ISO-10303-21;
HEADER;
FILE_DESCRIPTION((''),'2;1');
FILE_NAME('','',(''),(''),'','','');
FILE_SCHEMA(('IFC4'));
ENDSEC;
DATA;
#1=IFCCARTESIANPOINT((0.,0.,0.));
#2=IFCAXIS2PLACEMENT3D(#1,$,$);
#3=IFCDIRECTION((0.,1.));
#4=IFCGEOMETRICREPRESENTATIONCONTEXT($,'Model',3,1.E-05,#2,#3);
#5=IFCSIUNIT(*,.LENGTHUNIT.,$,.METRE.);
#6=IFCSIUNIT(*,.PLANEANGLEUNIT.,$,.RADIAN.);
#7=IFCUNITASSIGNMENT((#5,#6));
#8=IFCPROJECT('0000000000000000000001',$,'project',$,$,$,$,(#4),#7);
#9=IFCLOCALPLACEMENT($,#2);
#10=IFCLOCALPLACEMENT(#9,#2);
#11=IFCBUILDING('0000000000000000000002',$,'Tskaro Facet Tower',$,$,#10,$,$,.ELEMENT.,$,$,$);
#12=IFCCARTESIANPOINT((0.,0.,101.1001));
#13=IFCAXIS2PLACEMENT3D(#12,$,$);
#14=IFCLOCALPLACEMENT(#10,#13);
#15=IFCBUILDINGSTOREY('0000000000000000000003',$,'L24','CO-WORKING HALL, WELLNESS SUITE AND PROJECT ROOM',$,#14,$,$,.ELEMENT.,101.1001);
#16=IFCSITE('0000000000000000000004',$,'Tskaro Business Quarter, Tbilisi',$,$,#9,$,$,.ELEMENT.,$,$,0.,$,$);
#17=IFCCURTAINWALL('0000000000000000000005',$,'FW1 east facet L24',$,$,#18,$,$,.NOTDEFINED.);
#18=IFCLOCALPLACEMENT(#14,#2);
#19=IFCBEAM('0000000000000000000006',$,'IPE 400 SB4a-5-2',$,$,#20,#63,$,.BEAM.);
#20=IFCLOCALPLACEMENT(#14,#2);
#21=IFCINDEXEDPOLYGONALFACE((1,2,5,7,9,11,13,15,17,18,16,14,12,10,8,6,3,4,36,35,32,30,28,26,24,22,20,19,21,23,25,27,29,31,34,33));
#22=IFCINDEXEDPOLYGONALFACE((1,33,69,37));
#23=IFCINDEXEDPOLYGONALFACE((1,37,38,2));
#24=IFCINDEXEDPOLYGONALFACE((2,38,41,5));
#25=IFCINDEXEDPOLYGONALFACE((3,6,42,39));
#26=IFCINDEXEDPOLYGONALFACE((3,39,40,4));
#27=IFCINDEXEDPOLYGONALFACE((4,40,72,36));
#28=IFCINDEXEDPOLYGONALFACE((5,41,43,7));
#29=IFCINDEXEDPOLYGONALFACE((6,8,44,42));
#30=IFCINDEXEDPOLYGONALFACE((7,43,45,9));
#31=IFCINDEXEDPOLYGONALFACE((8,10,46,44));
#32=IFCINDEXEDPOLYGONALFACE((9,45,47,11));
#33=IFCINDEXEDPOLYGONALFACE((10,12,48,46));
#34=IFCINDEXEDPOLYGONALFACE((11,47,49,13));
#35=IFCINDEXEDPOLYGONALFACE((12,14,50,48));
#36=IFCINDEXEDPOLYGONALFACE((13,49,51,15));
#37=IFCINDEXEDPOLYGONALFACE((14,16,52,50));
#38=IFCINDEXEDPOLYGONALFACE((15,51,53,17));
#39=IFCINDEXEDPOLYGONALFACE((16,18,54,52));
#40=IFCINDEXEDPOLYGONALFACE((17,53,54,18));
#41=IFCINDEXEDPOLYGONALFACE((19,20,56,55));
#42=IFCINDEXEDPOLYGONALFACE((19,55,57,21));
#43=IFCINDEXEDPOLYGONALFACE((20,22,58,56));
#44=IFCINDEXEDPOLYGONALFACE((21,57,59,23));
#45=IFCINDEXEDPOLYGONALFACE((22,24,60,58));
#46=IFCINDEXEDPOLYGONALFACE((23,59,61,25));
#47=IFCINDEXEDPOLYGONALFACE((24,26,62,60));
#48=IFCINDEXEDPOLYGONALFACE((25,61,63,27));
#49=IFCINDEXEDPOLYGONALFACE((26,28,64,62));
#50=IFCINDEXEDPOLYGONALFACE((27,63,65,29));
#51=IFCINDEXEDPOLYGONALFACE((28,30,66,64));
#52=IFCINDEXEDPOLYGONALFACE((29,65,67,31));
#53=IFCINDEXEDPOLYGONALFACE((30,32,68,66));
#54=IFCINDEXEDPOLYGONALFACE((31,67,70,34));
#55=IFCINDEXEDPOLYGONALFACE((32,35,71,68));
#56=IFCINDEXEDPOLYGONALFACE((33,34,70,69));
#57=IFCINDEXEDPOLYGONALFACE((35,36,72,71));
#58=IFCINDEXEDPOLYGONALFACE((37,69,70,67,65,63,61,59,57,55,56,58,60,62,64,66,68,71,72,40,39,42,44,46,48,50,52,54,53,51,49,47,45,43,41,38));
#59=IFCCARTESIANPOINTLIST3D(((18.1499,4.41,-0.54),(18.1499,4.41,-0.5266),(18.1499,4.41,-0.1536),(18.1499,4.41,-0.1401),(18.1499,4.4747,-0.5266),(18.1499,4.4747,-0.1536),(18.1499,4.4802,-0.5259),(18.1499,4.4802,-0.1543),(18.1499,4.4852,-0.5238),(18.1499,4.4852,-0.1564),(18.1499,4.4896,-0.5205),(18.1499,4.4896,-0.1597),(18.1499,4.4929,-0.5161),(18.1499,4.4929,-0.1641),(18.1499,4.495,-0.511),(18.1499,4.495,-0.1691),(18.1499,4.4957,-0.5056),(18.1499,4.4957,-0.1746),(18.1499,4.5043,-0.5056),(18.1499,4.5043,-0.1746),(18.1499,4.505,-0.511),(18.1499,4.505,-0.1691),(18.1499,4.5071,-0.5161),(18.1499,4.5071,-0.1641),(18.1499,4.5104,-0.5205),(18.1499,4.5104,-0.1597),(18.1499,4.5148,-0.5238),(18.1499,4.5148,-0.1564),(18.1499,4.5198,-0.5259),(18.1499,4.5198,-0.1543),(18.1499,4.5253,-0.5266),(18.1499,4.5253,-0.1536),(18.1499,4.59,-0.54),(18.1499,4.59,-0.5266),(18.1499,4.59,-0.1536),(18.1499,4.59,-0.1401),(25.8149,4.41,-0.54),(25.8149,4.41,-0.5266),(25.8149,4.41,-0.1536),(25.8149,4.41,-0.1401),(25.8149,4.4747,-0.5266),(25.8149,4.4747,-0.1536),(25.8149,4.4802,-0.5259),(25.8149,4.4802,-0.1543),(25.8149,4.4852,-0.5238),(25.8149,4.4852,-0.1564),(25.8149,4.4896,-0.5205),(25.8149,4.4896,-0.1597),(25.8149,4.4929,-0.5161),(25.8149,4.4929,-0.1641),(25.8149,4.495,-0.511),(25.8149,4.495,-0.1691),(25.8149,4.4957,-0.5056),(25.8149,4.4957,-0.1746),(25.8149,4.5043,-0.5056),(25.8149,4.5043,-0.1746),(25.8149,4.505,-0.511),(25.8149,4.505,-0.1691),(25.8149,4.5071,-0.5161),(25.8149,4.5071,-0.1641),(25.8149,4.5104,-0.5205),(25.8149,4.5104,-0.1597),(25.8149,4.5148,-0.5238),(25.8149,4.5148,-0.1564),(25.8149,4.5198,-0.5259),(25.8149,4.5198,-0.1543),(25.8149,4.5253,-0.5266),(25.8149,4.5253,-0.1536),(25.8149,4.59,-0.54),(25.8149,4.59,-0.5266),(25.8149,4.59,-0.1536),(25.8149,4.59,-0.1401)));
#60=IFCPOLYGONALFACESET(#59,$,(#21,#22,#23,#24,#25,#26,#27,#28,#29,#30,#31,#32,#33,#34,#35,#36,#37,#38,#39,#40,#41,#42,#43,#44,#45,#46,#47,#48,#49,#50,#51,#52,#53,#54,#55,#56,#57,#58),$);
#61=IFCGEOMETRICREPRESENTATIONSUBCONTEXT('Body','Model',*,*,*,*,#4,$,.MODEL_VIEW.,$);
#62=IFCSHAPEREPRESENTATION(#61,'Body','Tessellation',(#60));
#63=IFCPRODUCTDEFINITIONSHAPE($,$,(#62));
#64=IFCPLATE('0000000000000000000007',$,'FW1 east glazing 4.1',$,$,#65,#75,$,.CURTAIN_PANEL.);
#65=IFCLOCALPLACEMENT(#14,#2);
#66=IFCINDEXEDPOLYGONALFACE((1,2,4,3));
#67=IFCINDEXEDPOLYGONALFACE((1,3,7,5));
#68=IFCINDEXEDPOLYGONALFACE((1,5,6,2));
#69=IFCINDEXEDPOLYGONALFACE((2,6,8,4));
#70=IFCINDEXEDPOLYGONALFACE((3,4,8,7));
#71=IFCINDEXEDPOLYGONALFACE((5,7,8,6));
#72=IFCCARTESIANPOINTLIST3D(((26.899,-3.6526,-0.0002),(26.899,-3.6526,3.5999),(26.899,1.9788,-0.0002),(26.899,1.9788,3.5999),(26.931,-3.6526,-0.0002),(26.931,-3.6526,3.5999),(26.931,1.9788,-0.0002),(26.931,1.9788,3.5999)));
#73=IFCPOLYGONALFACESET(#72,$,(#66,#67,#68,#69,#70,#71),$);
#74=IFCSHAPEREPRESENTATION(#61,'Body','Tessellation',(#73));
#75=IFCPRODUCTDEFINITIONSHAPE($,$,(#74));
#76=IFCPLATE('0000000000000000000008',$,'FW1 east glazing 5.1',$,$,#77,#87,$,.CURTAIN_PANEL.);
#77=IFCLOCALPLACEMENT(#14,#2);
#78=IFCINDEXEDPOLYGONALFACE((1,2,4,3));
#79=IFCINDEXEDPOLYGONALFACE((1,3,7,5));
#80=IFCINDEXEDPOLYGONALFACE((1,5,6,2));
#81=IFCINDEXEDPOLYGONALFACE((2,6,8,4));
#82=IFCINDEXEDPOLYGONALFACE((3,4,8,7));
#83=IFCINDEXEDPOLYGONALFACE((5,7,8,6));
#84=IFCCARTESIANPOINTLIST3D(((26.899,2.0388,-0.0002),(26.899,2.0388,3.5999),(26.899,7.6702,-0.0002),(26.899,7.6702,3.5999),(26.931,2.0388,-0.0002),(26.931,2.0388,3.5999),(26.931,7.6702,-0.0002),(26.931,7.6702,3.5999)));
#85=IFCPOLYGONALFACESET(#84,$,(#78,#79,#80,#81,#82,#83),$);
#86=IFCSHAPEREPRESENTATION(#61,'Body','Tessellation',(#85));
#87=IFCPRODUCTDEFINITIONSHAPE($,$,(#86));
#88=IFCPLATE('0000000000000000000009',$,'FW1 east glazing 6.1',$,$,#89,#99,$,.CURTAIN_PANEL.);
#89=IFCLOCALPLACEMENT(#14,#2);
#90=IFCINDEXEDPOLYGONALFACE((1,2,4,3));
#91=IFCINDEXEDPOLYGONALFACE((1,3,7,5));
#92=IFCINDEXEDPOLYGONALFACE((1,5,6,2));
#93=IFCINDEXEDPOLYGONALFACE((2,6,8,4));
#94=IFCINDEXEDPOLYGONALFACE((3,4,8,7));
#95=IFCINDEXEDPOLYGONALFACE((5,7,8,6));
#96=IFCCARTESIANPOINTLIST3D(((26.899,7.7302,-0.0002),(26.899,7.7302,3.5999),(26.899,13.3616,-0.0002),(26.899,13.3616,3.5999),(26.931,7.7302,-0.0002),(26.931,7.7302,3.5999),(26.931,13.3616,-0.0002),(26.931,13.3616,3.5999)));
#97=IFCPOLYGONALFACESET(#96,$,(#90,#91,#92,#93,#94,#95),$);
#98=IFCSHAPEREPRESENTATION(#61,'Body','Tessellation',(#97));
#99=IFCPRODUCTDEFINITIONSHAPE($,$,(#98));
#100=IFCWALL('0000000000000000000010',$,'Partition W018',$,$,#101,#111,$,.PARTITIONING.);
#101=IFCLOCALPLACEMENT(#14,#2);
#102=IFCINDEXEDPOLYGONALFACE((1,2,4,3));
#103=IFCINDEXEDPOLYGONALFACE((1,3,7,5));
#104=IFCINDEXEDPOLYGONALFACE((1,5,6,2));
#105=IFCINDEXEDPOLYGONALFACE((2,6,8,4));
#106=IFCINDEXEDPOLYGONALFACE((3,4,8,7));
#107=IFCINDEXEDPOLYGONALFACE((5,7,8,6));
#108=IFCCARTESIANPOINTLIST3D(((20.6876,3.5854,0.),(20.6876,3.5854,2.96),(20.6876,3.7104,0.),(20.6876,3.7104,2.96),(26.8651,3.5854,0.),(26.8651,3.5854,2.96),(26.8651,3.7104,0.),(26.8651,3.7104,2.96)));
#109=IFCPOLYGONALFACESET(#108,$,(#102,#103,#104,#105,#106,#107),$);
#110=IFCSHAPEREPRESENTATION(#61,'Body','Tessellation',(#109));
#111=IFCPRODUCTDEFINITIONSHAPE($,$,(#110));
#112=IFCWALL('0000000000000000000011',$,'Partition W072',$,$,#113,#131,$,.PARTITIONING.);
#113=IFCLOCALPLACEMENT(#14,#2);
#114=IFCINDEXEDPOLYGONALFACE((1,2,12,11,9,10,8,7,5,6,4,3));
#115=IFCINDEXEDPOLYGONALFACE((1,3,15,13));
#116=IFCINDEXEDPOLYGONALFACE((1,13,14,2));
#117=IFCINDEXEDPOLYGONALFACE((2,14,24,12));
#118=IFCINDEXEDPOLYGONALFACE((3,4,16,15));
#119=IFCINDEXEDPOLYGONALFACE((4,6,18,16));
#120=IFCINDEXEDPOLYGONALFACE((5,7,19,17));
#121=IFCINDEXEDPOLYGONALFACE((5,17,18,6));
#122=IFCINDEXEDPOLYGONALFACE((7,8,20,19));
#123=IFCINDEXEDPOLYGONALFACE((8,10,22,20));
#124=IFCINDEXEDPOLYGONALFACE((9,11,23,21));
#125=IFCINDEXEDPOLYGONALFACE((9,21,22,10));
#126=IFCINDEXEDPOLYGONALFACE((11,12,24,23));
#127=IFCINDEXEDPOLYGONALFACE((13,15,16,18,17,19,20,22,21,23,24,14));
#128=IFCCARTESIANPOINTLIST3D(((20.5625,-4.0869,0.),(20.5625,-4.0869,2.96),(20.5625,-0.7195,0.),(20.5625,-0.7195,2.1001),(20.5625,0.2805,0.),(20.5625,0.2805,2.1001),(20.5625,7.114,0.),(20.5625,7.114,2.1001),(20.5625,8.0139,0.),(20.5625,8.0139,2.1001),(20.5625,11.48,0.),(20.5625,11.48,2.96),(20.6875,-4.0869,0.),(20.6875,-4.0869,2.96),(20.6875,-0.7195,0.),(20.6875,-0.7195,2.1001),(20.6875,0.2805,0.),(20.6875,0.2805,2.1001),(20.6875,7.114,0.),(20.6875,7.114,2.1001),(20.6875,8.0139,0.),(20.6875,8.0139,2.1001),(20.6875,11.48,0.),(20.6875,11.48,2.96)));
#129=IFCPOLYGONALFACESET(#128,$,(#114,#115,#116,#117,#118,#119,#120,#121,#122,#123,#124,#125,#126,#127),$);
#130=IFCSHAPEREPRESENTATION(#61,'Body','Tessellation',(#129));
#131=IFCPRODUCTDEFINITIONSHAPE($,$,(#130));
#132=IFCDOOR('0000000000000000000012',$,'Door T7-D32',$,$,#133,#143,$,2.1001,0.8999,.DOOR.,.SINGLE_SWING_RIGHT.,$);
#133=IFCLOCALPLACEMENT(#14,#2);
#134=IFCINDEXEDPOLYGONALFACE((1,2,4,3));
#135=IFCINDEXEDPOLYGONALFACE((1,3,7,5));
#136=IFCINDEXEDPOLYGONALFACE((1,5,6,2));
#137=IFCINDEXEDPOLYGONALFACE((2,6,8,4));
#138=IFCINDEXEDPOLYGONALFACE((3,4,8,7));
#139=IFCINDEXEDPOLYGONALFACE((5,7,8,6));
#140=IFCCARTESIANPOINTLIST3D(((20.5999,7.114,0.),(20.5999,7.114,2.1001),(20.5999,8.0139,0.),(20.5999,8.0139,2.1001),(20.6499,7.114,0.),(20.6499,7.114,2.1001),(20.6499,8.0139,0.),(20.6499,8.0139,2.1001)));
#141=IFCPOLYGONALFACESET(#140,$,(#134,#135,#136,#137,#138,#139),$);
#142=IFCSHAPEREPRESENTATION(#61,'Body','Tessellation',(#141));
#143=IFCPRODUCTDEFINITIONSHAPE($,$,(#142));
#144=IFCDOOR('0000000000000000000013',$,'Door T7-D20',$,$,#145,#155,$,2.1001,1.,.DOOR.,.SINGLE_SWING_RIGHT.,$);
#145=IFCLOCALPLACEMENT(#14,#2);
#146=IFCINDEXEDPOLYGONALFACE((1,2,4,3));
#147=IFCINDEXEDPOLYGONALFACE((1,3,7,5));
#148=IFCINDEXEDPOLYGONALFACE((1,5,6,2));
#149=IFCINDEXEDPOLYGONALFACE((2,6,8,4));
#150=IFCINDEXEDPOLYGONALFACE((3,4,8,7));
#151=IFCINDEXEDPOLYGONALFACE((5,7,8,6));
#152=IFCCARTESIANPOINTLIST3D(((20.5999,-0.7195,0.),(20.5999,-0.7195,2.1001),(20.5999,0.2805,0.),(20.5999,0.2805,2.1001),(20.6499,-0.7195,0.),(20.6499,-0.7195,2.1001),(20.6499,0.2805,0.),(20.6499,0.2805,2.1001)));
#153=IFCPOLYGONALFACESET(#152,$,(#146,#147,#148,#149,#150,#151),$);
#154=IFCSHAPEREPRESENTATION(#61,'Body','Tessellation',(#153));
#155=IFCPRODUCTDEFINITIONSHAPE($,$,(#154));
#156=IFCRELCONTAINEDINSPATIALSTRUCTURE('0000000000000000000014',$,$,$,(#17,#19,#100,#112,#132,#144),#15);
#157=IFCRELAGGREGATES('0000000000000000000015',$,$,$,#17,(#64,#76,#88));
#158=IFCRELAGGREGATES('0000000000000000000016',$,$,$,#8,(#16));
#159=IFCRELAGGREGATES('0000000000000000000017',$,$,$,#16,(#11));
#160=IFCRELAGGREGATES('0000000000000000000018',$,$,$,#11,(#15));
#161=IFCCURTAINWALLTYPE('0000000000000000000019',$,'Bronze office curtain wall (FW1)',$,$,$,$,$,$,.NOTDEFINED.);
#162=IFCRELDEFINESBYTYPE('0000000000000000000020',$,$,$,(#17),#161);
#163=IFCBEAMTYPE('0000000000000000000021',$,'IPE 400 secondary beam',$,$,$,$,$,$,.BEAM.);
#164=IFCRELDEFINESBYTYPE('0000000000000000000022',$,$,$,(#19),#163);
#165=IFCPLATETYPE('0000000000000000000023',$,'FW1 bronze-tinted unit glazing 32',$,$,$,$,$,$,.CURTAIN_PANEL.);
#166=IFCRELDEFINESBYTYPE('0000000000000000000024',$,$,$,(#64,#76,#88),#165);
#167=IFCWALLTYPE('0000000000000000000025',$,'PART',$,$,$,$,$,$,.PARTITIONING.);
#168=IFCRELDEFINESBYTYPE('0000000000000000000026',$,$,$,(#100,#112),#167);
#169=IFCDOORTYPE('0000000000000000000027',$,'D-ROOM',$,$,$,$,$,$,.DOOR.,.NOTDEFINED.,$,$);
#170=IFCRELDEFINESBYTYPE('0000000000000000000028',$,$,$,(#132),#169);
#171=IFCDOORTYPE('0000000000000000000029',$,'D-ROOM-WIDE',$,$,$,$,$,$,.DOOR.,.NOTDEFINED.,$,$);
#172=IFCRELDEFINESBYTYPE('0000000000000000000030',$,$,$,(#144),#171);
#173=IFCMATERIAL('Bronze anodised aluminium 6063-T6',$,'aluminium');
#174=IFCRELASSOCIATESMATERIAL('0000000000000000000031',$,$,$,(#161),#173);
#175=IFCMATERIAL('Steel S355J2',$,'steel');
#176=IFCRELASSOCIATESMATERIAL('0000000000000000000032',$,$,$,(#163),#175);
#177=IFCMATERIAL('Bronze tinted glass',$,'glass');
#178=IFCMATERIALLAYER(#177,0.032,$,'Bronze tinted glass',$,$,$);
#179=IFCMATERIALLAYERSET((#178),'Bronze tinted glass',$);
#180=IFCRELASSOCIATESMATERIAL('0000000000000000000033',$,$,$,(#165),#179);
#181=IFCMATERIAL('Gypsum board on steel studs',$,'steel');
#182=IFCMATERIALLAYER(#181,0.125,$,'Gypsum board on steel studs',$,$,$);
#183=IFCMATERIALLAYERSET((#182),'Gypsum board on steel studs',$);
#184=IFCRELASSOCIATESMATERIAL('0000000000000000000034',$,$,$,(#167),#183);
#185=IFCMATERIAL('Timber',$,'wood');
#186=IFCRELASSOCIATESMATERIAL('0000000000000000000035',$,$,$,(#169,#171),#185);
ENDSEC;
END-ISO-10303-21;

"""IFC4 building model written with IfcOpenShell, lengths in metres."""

from ifc_helpers import new_model, si_unit, direction, frame, frame_2d, origin, origin_2d, place, context, subcontext, project, spatial, rectangle, i_section, extrude, material, layer, layer_set, material_profile, profile_set, type_object, element, fill, aggregate, save


model = new_model("IFC4")

# Units and contexts
model_context = context("Model", 3, precision=1e-05, world=origin(), true_north=direction((0.0, 1.0)))
body_context = subcontext(model_context, "Body", "Model", "MODEL_VIEW")
ifc_project = project(units=[si_unit("LENGTHUNIT", "METRE"), si_unit("PLANEANGLEUNIT", "RADIAN")], contexts=[model_context])

# Site, building, storey
site_placement = place(None, origin())
site = spatial("IfcSite", under=ifc_project, at=site_placement, Name="Tskaro Business Quarter, Tbilisi", CompositionType="ELEMENT", RefElevation=0.0)
building_placement = place(site_placement, origin())
building = spatial("IfcBuilding", under=site, at=building_placement, Name="Tskaro Facet Tower", CompositionType="ELEMENT")
storey_placement = place(building_placement, frame((0.0, 0.0, 101.1001)))
storey = spatial("IfcBuildingStorey", under=building, at=storey_placement, Name="L24", Description="CO-WORKING HALL, WELLNESS SUITE AND PROJECT ROOM", CompositionType="ELEMENT", Elevation=101.1001)

# Curtain wall
ifc_material_1 = material(Name="Bronze anodised aluminium 6063-T6", Category="aluminium")
curtain_wall_type = type_object("IfcCurtainWallType", Name="Bronze office curtain wall (FW1)", PredefinedType="NOTDEFINED", material=ifc_material_1)
curtain_wall_placement = place(storey_placement, origin())
curtain_wall = element("IfcCurtainWall", 1, at=curtain_wall_placement, inside=storey, type_object=curtain_wall_type, Name="FW1 east facet L24", PredefinedType="NOTDEFINED")

# Beam
ifc_material_2 = material(Name="Steel S355J2", Category="steel")
ifc_material_profile_1 = material_profile(ifc_material_2, i_section(OverallWidth=0.1799, OverallDepth=0.3999, WebThickness=0.0085, FlangeThickness=0.0134, FilletRadius=0.021, at=origin_2d()), Name="IPE 400")
ifc_profile_set_1 = profile_set([ifc_material_profile_1], Name="Steel S355J2")
beam_type_1 = type_object("IfcBeamType", Name="IPE 400 secondary beam", PredefinedType="BEAM", material=ifc_profile_set_1)
beam_placement = place(storey_placement, frame((18.1499, 4.5, -0.3401), z_axis=(1.0, 0.0, 0.0), x_axis=(0.0, 1.0, 0.0)))
element("IfcBeam", 2, at=beam_placement, inside=storey, type_object=beam_type_1, Name="IPE 400 SB4a-5-2", PredefinedType="BEAM", context=body_context, shape_type="SweptSolid", body=[
    extrude(i_section(OverallWidth=0.1799, OverallDepth=0.3999, WebThickness=0.0085, FlangeThickness=0.0134, FilletRadius=0.021, at=origin_2d()), origin(), (0.0, 0.0, 1.0), 7.665),
])

# Plates
ifc_material_3 = material(Name="Bronze tinted glass", Category="glass")
ifc_layer_1 = layer(ifc_material_3, 0.032, Name="Bronze tinted glass")
ifc_layer_set_1 = layer_set([ifc_layer_1], Name="Bronze tinted glass")
plate_type = type_object("IfcPlateType", Name="FW1 bronze-tinted unit glazing 32", PredefinedType="CURTAIN_PANEL", material=ifc_layer_set_1)
plate_1_placement = place(storey_placement, frame((26.915, -0.8369, -0.0002), z_axis=(0.0, 0.0, 1.0), x_axis=(0.0, 1.0, 0.0)))
plate_1 = element("IfcPlate", 3, at=plate_1_placement, type_object=plate_type, Name="FW1 east glazing 4.1", PredefinedType="CURTAIN_PANEL", context=body_context, shape_type="SweptSolid", body=[
    extrude(rectangle(XDim=5.6313, YDim=0.032, at=origin_2d()), origin(), (0.0, 0.0, 1.0), 3.6001),
])
plate_2_placement = place(storey_placement, frame((26.915, 4.8545, -0.0002), z_axis=(0.0, 0.0, 1.0), x_axis=(0.0, 1.0, 0.0)))
plate_2 = element("IfcPlate", 4, at=plate_2_placement, type_object=plate_type, Name="FW1 east glazing 5.1", PredefinedType="CURTAIN_PANEL", context=body_context, shape_type="SweptSolid", body=[
    extrude(rectangle(XDim=5.6313, YDim=0.032, at=origin_2d()), origin(), (0.0, 0.0, 1.0), 3.6001),
])
plate_3_placement = place(storey_placement, frame((26.915, 10.5459, -0.0002), z_axis=(0.0, 0.0, 1.0), x_axis=(0.0, 1.0, 0.0)))
plate_3 = element("IfcPlate", 5, at=plate_3_placement, type_object=plate_type, Name="FW1 east glazing 6.1", PredefinedType="CURTAIN_PANEL", context=body_context, shape_type="SweptSolid", body=[
    extrude(rectangle(XDim=5.6313, YDim=0.032, at=origin_2d()), origin(), (0.0, 0.0, 1.0), 3.6001),
])
aggregate(curtain_wall, [plate_1, plate_2, plate_3])

# Wall
ifc_material_4 = material(Name="Gypsum board on steel studs", Category="steel")
ifc_layer_2 = layer(ifc_material_4, 0.125, Name="Gypsum board on steel studs")
ifc_layer_set_2 = layer_set([ifc_layer_2], Name="Gypsum board on steel studs")
wall_type_1 = type_object("IfcWallType", Name="PART", PredefinedType="PARTITIONING", material=ifc_layer_set_2)
wall_1_placement = place(storey_placement, frame((20.6875, 3.6479, 0.0), z_axis=(0.0, 0.0, 1.0), x_axis=(1.0, 0.0, 0.0)))
element("IfcWall", 6, at=wall_1_placement, inside=storey, type_object=wall_type_1, Name="Partition W018", PredefinedType="PARTITIONING", context=body_context, shape_type="SweptSolid", body=[
    extrude(rectangle(XDim=6.1775, YDim=0.125, at=frame_2d((3.0889, 0.0))), origin(), (0.0, 0.0, 1.0), 2.96),
])

# Wall, openings, doors
wall_2_placement = place(storey_placement, frame((20.625, 11.48, 0.0), z_axis=(0.0, 0.0, 1.0), x_axis=(0.0, -1.0, 0.0)))
wall_2 = element("IfcWall", 7, at=wall_2_placement, inside=storey, type_object=wall_type_1, Name="Partition W072", PredefinedType="PARTITIONING", context=body_context, shape_type="SweptSolid", body=[
    extrude(rectangle(XDim=15.5669, YDim=0.125, at=frame_2d((7.7834, 0.0))), origin(), (0.0, 0.0, 1.0), 2.96),
])
opening_1_placement = place(wall_2_placement, frame((11.1995, 0.0, 0.0)))
opening_1 = element("IfcOpeningElement", 8, at=opening_1_placement, cuts=wall_2, PredefinedType="OPENING", context=body_context, shape_type="SweptSolid", body=[
    extrude(rectangle(XDim=1.0, YDim=2.1001, at=frame_2d((0.5, 1.05))), frame((0.0, 0.0725, 0.0), z_axis=(0.0, -1.0, 0.0), x_axis=(1.0, 0.0, 0.0)), (0.0, 0.0, 1.0), 0.145),
])
opening_2_placement = place(wall_2_placement, frame((3.4661, 0.0, 0.0)))
opening_2 = element("IfcOpeningElement", 9, at=opening_2_placement, cuts=wall_2, PredefinedType="OPENING", context=body_context, shape_type="SweptSolid", body=[
    extrude(rectangle(XDim=0.8999, YDim=2.1001, at=frame_2d((0.45, 1.05))), frame((0.0, 0.0725, 0.0), z_axis=(0.0, -1.0, 0.0), x_axis=(1.0, 0.0, 0.0)), (0.0, 0.0, 1.0), 0.145),
])
ifc_material_5 = material(Name="Timber", Category="wood")
door_type_1 = type_object("IfcDoorType", Name="D-ROOM", OperationType="NOTDEFINED", PredefinedType="DOOR", material=ifc_material_5)
door_1_placement = place(opening_2_placement, origin())
door_1 = element("IfcDoor", 10, at=door_1_placement, inside=storey, type_object=door_type_1, Name="Door T7-D32", OperationType="SINGLE_SWING_RIGHT", OverallHeight=2.1001, OverallWidth=0.8999, PredefinedType="DOOR", context=body_context, shape_type="SweptSolid", body=[
    extrude(rectangle(XDim=0.8999, YDim=2.1001, at=frame_2d((0.45, 1.05))), frame((0.0, 0.0249, 0.0), z_axis=(0.0, -1.0, 0.0), x_axis=(1.0, 0.0, 0.0)), (0.0, 0.0, 1.0), 0.05),
])
fill(opening_2, door_1)
door_type_2 = type_object("IfcDoorType", Name="D-ROOM-WIDE", OperationType="NOTDEFINED", PredefinedType="DOOR", material=ifc_material_5)
door_2_placement = place(opening_1_placement, origin())
door_2 = element("IfcDoor", 11, at=door_2_placement, inside=storey, type_object=door_type_2, Name="Door T7-D20", OperationType="SINGLE_SWING_RIGHT", OverallHeight=2.1001, OverallWidth=1.0, PredefinedType="DOOR", context=body_context, shape_type="SweptSolid", body=[
    extrude(rectangle(XDim=1.0, YDim=2.1001, at=frame_2d((0.5, 1.05))), frame((0.0, 0.0249, 0.0), z_axis=(0.0, -1.0, 0.0), x_axis=(1.0, 0.0, 0.0)), (0.0, 0.0, 1.0), 0.05),
])
fill(opening_1, door_2)

save(model, "model.ifc")
